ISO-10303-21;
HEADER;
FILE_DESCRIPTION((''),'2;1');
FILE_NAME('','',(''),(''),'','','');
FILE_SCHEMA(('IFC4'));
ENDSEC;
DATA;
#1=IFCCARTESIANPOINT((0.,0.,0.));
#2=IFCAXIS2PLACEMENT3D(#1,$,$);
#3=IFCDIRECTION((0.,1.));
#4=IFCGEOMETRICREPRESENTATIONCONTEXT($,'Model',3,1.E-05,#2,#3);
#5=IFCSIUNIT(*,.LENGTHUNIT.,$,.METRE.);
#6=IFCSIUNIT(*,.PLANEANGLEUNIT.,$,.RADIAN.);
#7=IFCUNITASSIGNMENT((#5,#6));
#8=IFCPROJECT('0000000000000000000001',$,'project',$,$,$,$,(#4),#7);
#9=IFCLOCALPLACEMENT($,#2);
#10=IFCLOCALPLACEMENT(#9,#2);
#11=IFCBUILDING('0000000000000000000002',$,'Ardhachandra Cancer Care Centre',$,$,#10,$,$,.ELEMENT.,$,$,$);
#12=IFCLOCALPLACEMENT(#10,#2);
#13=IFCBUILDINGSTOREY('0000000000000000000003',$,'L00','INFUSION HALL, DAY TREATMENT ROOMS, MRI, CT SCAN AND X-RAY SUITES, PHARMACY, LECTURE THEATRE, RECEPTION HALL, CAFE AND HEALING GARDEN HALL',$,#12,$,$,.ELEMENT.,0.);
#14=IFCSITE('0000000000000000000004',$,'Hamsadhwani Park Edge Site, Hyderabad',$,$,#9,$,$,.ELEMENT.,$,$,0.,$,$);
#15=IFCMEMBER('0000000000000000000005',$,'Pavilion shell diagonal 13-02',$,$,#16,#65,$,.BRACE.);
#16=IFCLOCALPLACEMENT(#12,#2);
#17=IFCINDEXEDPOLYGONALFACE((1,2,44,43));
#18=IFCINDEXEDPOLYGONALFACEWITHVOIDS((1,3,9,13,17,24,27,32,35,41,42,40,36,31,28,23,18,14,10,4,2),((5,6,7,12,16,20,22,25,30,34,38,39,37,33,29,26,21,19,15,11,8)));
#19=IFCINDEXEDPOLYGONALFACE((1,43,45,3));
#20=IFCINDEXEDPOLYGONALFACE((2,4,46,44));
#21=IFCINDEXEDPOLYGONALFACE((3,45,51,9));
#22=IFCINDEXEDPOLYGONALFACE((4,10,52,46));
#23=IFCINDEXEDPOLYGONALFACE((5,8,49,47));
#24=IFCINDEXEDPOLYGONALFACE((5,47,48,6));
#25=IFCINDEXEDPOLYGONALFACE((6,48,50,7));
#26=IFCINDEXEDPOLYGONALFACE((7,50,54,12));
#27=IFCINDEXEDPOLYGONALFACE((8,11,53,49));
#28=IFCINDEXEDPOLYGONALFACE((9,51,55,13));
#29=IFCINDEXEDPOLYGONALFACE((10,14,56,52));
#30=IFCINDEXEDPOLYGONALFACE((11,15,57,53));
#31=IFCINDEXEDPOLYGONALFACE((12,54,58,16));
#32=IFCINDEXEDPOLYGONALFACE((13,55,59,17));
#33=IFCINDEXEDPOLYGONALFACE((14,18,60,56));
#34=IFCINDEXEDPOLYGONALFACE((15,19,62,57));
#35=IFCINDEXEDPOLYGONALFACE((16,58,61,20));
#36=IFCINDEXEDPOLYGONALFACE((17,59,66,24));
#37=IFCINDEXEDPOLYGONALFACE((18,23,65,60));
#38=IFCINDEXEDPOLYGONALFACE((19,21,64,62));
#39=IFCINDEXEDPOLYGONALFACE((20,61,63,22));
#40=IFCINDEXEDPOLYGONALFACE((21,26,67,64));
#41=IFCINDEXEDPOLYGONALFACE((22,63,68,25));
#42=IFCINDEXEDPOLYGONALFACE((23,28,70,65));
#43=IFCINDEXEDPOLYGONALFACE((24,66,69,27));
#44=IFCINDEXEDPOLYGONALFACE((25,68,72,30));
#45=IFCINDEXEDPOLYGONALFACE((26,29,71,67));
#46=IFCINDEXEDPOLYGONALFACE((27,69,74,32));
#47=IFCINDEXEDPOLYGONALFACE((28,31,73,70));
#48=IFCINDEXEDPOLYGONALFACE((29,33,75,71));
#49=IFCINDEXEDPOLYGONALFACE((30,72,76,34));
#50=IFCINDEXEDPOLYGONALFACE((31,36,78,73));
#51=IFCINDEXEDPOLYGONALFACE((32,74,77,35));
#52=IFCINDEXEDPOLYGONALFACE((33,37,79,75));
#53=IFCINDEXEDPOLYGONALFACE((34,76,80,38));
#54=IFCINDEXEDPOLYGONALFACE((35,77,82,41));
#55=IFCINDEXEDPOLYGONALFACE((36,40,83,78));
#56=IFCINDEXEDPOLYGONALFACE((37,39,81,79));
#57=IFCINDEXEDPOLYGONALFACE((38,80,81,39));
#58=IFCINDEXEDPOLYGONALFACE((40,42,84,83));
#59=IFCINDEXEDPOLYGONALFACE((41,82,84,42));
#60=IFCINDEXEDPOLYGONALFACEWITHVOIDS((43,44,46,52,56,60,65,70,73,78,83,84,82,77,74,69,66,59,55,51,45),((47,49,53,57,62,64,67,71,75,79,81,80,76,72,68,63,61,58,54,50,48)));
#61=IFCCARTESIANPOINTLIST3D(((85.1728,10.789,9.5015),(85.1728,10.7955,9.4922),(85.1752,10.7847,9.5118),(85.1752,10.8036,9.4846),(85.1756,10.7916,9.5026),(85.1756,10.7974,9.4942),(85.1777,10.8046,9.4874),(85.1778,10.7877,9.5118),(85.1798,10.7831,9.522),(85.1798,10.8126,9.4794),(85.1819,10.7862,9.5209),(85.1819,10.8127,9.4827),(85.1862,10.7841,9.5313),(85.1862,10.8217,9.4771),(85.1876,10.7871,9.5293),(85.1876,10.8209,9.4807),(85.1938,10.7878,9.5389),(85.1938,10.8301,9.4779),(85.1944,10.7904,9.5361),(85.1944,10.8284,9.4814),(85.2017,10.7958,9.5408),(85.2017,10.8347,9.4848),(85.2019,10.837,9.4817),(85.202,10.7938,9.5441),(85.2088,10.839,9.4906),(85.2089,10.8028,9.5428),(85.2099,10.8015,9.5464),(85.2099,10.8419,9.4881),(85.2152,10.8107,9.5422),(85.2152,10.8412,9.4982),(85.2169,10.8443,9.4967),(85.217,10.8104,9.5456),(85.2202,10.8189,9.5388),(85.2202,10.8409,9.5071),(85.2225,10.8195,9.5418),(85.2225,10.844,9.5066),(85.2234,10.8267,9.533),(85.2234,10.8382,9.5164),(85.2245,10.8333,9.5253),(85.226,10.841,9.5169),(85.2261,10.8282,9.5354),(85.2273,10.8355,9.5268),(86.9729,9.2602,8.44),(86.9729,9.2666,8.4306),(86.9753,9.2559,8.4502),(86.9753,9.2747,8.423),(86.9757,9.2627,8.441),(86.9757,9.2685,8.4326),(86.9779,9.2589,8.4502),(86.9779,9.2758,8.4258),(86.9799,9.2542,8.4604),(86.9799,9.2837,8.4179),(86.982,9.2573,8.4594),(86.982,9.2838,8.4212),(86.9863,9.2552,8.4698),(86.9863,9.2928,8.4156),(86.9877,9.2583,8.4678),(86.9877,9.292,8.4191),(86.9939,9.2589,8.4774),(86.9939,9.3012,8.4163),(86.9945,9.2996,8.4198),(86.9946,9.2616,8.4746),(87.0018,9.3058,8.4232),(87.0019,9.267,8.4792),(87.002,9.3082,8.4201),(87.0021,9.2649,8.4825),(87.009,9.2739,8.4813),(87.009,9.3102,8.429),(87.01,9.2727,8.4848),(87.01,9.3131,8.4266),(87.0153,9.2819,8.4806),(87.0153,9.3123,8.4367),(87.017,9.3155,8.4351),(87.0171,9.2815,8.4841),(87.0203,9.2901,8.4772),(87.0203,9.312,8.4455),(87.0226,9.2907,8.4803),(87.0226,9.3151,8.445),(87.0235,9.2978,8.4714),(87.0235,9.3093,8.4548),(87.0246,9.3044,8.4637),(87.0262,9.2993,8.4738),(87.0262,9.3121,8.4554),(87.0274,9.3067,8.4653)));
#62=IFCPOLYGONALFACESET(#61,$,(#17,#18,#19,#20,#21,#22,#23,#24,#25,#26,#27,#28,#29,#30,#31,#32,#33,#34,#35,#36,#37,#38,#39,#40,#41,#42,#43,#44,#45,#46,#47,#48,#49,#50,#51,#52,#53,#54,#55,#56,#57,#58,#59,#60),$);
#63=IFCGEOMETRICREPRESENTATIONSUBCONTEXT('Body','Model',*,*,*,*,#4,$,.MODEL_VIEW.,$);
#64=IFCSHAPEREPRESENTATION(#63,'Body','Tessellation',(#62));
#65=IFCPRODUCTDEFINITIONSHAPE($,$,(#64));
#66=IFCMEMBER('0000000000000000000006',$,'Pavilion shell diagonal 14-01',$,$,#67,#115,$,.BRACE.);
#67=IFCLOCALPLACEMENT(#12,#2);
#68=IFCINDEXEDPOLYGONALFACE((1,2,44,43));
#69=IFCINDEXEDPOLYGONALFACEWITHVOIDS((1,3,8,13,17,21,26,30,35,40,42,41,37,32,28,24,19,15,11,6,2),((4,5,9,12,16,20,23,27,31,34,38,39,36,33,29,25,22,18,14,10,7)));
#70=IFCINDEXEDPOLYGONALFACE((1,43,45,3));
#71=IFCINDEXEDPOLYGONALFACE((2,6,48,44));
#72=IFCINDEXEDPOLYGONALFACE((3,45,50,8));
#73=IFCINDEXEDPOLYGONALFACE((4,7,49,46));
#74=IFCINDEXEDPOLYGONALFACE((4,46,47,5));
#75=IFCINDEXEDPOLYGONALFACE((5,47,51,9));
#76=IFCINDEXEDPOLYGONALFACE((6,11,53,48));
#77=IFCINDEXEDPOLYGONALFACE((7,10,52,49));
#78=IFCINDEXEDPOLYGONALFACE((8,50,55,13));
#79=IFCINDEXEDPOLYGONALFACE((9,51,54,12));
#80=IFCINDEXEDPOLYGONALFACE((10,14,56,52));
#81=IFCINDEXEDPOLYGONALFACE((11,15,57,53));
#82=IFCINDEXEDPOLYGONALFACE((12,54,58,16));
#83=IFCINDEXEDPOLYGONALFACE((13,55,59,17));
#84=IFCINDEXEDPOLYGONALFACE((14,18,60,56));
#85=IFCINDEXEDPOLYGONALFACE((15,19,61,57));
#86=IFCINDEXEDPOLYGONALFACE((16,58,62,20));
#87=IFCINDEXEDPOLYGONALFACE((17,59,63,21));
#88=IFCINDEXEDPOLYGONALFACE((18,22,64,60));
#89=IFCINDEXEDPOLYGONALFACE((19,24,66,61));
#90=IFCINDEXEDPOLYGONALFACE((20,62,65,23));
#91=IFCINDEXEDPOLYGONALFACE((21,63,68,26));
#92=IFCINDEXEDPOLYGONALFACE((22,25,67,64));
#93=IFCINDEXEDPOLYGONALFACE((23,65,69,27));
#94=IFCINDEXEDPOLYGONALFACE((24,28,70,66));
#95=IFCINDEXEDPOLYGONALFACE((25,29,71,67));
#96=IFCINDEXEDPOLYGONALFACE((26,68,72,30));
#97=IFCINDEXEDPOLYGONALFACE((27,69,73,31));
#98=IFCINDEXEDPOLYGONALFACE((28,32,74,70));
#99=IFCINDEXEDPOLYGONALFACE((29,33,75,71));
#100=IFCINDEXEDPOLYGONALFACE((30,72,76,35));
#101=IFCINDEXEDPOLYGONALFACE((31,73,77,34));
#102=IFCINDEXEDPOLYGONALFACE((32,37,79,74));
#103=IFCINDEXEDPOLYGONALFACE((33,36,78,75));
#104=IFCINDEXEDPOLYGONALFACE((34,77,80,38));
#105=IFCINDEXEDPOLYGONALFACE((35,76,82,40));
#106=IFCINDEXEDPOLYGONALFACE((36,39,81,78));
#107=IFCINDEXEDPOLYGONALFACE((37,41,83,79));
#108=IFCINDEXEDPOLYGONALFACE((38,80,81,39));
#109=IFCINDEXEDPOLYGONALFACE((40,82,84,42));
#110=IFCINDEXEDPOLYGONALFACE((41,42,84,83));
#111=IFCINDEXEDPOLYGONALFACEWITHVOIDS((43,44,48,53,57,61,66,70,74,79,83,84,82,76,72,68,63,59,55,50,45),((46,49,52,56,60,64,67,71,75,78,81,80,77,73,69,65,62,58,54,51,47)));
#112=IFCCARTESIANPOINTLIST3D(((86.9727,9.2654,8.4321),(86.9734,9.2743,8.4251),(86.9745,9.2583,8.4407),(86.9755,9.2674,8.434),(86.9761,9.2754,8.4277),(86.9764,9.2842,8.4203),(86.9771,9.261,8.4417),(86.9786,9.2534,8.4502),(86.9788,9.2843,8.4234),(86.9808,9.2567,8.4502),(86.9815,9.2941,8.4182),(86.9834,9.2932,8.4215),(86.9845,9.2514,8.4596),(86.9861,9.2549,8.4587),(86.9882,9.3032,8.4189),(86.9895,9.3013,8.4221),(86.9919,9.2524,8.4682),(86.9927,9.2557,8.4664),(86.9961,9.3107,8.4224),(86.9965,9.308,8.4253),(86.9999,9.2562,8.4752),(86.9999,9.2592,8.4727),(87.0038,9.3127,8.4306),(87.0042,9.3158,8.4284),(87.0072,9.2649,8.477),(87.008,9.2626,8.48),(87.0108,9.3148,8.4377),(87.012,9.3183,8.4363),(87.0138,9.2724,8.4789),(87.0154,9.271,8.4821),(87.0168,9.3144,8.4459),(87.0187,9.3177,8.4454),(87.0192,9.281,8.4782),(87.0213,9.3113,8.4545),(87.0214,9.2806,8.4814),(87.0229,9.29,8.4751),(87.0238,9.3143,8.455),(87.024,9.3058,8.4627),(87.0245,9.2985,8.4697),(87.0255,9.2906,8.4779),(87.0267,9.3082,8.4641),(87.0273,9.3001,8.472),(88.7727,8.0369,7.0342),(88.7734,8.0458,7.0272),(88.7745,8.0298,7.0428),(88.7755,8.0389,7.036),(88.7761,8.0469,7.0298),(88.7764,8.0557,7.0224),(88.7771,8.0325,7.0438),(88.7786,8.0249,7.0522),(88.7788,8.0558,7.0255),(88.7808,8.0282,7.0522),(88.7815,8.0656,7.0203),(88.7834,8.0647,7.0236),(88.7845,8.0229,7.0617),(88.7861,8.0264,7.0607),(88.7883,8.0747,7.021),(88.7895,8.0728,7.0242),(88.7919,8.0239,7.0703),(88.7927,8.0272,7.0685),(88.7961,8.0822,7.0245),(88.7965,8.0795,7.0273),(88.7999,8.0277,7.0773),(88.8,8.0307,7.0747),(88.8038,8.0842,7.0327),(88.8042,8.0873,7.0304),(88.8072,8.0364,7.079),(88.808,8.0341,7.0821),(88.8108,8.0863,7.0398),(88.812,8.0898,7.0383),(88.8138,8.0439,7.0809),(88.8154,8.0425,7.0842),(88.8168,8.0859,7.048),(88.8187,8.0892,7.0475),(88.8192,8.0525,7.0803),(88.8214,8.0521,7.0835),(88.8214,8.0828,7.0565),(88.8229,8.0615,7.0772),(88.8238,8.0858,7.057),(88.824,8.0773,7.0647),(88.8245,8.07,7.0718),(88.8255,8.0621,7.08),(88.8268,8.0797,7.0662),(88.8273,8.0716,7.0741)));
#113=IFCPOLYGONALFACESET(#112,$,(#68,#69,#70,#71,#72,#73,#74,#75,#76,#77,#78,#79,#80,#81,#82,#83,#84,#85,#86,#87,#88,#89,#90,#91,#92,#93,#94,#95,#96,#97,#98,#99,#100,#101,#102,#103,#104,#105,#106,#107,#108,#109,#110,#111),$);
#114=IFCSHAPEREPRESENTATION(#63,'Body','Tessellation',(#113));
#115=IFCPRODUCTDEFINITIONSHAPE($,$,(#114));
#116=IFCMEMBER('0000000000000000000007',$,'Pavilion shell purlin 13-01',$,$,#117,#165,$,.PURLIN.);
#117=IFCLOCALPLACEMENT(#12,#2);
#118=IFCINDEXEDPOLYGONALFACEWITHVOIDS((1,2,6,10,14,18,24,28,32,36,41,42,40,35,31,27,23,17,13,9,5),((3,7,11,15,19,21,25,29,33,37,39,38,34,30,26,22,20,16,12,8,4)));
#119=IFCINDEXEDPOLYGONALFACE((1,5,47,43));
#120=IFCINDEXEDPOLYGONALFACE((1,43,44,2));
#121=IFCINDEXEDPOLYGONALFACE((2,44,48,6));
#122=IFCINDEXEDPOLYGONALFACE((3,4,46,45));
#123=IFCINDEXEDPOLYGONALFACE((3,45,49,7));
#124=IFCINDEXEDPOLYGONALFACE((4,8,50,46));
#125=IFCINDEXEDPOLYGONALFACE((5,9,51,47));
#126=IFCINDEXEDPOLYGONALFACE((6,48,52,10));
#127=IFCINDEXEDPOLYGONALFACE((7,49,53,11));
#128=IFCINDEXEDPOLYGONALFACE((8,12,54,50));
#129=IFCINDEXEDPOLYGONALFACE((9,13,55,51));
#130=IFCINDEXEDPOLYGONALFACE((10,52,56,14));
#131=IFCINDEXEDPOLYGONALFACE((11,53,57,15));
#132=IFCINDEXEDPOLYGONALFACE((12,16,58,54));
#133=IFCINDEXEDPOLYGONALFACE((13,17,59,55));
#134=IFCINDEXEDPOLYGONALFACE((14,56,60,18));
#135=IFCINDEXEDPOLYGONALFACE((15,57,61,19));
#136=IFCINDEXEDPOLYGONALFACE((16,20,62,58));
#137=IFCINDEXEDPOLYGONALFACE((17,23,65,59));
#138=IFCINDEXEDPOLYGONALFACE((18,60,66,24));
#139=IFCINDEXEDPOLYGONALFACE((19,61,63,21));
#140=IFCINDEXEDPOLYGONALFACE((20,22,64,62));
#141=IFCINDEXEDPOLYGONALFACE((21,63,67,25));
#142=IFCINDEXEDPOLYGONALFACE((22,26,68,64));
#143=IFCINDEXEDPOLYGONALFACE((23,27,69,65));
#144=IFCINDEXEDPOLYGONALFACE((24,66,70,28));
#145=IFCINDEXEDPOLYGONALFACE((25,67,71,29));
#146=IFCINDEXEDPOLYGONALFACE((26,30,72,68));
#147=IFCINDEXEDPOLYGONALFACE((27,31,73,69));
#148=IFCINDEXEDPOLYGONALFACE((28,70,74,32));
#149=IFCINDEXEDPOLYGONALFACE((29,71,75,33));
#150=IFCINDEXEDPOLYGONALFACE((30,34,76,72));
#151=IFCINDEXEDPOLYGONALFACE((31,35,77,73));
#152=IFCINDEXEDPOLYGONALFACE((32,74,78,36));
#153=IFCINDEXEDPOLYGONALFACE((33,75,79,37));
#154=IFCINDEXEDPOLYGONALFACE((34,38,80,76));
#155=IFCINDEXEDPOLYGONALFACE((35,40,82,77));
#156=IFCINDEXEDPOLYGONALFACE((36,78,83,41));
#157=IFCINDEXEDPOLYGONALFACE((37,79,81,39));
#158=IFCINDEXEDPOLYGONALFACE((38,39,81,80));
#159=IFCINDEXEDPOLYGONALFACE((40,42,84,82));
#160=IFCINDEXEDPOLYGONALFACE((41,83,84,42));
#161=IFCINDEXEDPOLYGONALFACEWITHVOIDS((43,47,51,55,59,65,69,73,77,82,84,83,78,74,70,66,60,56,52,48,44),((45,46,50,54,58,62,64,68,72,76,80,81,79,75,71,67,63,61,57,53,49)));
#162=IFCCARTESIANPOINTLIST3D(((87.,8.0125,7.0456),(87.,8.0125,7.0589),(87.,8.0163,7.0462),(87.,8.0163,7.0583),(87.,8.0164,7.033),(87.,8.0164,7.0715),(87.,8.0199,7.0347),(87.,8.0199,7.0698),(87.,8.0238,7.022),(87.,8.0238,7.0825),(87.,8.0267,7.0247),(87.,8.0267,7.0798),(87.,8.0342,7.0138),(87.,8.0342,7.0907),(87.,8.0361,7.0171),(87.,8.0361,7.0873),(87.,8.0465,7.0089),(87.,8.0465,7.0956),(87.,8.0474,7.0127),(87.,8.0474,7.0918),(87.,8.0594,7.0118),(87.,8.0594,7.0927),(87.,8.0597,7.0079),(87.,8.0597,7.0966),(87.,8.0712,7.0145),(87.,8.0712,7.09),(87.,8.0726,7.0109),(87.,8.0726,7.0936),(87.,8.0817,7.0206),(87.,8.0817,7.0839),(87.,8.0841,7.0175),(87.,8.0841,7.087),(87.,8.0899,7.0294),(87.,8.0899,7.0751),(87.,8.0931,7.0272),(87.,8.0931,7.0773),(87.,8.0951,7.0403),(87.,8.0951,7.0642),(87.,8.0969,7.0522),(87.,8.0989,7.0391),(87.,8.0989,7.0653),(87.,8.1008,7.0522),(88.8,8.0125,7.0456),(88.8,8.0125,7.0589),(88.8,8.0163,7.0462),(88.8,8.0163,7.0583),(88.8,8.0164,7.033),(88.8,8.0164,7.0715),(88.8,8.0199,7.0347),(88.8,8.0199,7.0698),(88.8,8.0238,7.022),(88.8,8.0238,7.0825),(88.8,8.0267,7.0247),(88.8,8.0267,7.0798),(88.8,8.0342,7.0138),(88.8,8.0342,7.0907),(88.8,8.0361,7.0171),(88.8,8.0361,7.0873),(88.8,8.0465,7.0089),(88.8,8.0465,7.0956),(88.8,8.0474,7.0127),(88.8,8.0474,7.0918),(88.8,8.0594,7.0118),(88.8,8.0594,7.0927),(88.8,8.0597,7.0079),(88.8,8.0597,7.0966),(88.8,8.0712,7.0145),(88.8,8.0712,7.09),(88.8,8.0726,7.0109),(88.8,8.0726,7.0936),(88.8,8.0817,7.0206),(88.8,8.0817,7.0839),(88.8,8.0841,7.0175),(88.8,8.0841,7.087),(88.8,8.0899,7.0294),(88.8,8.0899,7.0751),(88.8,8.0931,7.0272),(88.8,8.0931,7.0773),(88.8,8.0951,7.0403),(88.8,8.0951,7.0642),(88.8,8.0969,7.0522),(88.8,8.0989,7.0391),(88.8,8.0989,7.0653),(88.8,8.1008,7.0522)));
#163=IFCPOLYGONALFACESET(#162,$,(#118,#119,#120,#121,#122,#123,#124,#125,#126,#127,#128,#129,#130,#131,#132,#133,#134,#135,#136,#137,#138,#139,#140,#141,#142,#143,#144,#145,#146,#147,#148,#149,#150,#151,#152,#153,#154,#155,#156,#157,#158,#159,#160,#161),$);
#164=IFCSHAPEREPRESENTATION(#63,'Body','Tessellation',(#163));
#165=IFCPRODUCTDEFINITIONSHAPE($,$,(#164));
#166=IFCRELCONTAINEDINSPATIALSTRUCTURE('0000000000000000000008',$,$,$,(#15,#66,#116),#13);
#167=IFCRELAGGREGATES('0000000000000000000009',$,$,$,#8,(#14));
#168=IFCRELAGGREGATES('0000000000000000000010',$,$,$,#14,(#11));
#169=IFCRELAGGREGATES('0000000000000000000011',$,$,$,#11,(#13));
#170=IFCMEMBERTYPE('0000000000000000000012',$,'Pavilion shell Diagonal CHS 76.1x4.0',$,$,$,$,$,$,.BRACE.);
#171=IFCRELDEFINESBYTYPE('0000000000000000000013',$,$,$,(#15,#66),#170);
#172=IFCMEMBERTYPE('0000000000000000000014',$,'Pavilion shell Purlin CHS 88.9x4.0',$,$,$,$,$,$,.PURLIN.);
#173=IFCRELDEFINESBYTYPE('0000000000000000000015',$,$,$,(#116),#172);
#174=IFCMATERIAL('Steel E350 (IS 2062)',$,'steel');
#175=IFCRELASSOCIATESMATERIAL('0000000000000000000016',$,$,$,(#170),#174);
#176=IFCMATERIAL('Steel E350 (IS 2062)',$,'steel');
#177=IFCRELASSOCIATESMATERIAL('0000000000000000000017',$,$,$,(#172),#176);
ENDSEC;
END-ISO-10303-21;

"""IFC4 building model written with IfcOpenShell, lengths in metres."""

from ifc_helpers import new_model, si_unit, direction, frame, origin, origin_2d, place, context, subcontext, project, spatial, hollow_circle, extrude, material, material_profile, profile_set, type_object, element, save


model = new_model("IFC4")

# Units and contexts
model_context = context("Model", 3, precision=1e-05, world=origin(), true_north=direction((0.0, 1.0)))
body_context = subcontext(model_context, "Body", "Model", "MODEL_VIEW")
ifc_project = project(units=[si_unit("LENGTHUNIT", "METRE"), si_unit("PLANEANGLEUNIT", "RADIAN")], contexts=[model_context])

# Site, building, storey
site_placement = place(None, origin())
site = spatial("IfcSite", under=ifc_project, at=site_placement, Name="Hamsadhwani Park Edge Site, Hyderabad", CompositionType="ELEMENT", RefElevation=0.0)
building_placement = place(site_placement, origin())
building = spatial("IfcBuilding", under=site, at=building_placement, Name="Ardhachandra Cancer Care Centre", CompositionType="ELEMENT")
storey_placement = place(building_placement, origin())
storey = spatial("IfcBuildingStorey", under=building, at=storey_placement, Name="L00", Description="INFUSION HALL, DAY TREATMENT ROOMS, MRI, CT SCAN AND X-RAY SUITES, PHARMACY, LECTURE THEATRE, RECEPTION HALL, CAFE AND HEALING GARDEN HALL", CompositionType="ELEMENT", Elevation=0.0)

# Members
ifc_material_1 = material(Name="Steel E350 (IS 2062)", Category="steel")
ifc_material_profile_1 = material_profile(ifc_material_1, hollow_circle(Radius=0.0381, WallThickness=0.0039, at=origin_2d()), Name="CHS 76.1x4.0")
ifc_profile_set_1 = profile_set([ifc_material_profile_1], Name="Steel E350 (IS 2062)")
member_type_1 = type_object("IfcMemberType", Name="Pavilion shell Diagonal CHS 76.1x4.0", PredefinedType="BRACE", material=ifc_profile_set_1)
member_1_placement = place(storey_placement, frame((87.0, 9.2849, 8.4502), z_axis=(-0.695198, 0.590442, 0.409972), x_axis=(-0.647345, -0.762197, 0.0)))
element("IfcMember", 1, at=member_1_placement, inside=storey, type_object=member_type_1, Name="Pavilion shell diagonal 13-02", PredefinedType="BRACE", context=body_context, shape_type="SweptSolid", body=[
    extrude(hollow_circle(Radius=0.0381, WallThickness=0.0039, at=origin_2d()), origin(), (0.0, 0.0, 1.0), 2.5894),
])
member_2_placement = place(storey_placement, frame((88.8, 8.0564, 7.0522), z_axis=(-0.695228, 0.474486, 0.539926), x_axis=(-0.563716, -0.825969, 0.0)))
element("IfcMember", 2, at=member_2_placement, inside=storey, type_object=member_type_1, Name="Pavilion shell diagonal 14-01", PredefinedType="BRACE", context=body_context, shape_type="SweptSolid", body=[
    extrude(hollow_circle(Radius=0.0381, WallThickness=0.0039, at=origin_2d()), origin(), (0.0, 0.0, 1.0), 2.5891),
])
ifc_material_2 = material(Name="Steel E350 (IS 2062)", Category="steel")
ifc_material_profile_2 = material_profile(ifc_material_2, hollow_circle(Radius=0.0444, WallThickness=0.0039, at=origin_2d()), Name="CHS 88.9x4.0")
ifc_profile_set_2 = profile_set([ifc_material_profile_2], Name="Steel E350 (IS 2062)")
member_type_2 = type_object("IfcMemberType", Name="Pavilion shell Purlin CHS 88.9x4.0", PredefinedType="PURLIN", material=ifc_profile_set_2)
for number, where, z_axis, x_axis, name in (
    (3, (87.0, 8.0564, 7.0522), (1.0, 0.0, 0.0), (0.0, 1.0, 0.0), "Pavilion shell purlin 13-01"),
):
    element("IfcMember", number, at=place(storey_placement, frame(where, z_axis=z_axis, x_axis=x_axis)), inside=storey, type_object=member_type_2, Name=name, PredefinedType="PURLIN", context=body_context, shape_type="SweptSolid", body=[
        extrude(hollow_circle(Radius=0.0444, WallThickness=0.0039, at=origin_2d()), origin(), (0.0, 0.0, 1.0), 1.8),
    ])

save(model, "model.ifc")
